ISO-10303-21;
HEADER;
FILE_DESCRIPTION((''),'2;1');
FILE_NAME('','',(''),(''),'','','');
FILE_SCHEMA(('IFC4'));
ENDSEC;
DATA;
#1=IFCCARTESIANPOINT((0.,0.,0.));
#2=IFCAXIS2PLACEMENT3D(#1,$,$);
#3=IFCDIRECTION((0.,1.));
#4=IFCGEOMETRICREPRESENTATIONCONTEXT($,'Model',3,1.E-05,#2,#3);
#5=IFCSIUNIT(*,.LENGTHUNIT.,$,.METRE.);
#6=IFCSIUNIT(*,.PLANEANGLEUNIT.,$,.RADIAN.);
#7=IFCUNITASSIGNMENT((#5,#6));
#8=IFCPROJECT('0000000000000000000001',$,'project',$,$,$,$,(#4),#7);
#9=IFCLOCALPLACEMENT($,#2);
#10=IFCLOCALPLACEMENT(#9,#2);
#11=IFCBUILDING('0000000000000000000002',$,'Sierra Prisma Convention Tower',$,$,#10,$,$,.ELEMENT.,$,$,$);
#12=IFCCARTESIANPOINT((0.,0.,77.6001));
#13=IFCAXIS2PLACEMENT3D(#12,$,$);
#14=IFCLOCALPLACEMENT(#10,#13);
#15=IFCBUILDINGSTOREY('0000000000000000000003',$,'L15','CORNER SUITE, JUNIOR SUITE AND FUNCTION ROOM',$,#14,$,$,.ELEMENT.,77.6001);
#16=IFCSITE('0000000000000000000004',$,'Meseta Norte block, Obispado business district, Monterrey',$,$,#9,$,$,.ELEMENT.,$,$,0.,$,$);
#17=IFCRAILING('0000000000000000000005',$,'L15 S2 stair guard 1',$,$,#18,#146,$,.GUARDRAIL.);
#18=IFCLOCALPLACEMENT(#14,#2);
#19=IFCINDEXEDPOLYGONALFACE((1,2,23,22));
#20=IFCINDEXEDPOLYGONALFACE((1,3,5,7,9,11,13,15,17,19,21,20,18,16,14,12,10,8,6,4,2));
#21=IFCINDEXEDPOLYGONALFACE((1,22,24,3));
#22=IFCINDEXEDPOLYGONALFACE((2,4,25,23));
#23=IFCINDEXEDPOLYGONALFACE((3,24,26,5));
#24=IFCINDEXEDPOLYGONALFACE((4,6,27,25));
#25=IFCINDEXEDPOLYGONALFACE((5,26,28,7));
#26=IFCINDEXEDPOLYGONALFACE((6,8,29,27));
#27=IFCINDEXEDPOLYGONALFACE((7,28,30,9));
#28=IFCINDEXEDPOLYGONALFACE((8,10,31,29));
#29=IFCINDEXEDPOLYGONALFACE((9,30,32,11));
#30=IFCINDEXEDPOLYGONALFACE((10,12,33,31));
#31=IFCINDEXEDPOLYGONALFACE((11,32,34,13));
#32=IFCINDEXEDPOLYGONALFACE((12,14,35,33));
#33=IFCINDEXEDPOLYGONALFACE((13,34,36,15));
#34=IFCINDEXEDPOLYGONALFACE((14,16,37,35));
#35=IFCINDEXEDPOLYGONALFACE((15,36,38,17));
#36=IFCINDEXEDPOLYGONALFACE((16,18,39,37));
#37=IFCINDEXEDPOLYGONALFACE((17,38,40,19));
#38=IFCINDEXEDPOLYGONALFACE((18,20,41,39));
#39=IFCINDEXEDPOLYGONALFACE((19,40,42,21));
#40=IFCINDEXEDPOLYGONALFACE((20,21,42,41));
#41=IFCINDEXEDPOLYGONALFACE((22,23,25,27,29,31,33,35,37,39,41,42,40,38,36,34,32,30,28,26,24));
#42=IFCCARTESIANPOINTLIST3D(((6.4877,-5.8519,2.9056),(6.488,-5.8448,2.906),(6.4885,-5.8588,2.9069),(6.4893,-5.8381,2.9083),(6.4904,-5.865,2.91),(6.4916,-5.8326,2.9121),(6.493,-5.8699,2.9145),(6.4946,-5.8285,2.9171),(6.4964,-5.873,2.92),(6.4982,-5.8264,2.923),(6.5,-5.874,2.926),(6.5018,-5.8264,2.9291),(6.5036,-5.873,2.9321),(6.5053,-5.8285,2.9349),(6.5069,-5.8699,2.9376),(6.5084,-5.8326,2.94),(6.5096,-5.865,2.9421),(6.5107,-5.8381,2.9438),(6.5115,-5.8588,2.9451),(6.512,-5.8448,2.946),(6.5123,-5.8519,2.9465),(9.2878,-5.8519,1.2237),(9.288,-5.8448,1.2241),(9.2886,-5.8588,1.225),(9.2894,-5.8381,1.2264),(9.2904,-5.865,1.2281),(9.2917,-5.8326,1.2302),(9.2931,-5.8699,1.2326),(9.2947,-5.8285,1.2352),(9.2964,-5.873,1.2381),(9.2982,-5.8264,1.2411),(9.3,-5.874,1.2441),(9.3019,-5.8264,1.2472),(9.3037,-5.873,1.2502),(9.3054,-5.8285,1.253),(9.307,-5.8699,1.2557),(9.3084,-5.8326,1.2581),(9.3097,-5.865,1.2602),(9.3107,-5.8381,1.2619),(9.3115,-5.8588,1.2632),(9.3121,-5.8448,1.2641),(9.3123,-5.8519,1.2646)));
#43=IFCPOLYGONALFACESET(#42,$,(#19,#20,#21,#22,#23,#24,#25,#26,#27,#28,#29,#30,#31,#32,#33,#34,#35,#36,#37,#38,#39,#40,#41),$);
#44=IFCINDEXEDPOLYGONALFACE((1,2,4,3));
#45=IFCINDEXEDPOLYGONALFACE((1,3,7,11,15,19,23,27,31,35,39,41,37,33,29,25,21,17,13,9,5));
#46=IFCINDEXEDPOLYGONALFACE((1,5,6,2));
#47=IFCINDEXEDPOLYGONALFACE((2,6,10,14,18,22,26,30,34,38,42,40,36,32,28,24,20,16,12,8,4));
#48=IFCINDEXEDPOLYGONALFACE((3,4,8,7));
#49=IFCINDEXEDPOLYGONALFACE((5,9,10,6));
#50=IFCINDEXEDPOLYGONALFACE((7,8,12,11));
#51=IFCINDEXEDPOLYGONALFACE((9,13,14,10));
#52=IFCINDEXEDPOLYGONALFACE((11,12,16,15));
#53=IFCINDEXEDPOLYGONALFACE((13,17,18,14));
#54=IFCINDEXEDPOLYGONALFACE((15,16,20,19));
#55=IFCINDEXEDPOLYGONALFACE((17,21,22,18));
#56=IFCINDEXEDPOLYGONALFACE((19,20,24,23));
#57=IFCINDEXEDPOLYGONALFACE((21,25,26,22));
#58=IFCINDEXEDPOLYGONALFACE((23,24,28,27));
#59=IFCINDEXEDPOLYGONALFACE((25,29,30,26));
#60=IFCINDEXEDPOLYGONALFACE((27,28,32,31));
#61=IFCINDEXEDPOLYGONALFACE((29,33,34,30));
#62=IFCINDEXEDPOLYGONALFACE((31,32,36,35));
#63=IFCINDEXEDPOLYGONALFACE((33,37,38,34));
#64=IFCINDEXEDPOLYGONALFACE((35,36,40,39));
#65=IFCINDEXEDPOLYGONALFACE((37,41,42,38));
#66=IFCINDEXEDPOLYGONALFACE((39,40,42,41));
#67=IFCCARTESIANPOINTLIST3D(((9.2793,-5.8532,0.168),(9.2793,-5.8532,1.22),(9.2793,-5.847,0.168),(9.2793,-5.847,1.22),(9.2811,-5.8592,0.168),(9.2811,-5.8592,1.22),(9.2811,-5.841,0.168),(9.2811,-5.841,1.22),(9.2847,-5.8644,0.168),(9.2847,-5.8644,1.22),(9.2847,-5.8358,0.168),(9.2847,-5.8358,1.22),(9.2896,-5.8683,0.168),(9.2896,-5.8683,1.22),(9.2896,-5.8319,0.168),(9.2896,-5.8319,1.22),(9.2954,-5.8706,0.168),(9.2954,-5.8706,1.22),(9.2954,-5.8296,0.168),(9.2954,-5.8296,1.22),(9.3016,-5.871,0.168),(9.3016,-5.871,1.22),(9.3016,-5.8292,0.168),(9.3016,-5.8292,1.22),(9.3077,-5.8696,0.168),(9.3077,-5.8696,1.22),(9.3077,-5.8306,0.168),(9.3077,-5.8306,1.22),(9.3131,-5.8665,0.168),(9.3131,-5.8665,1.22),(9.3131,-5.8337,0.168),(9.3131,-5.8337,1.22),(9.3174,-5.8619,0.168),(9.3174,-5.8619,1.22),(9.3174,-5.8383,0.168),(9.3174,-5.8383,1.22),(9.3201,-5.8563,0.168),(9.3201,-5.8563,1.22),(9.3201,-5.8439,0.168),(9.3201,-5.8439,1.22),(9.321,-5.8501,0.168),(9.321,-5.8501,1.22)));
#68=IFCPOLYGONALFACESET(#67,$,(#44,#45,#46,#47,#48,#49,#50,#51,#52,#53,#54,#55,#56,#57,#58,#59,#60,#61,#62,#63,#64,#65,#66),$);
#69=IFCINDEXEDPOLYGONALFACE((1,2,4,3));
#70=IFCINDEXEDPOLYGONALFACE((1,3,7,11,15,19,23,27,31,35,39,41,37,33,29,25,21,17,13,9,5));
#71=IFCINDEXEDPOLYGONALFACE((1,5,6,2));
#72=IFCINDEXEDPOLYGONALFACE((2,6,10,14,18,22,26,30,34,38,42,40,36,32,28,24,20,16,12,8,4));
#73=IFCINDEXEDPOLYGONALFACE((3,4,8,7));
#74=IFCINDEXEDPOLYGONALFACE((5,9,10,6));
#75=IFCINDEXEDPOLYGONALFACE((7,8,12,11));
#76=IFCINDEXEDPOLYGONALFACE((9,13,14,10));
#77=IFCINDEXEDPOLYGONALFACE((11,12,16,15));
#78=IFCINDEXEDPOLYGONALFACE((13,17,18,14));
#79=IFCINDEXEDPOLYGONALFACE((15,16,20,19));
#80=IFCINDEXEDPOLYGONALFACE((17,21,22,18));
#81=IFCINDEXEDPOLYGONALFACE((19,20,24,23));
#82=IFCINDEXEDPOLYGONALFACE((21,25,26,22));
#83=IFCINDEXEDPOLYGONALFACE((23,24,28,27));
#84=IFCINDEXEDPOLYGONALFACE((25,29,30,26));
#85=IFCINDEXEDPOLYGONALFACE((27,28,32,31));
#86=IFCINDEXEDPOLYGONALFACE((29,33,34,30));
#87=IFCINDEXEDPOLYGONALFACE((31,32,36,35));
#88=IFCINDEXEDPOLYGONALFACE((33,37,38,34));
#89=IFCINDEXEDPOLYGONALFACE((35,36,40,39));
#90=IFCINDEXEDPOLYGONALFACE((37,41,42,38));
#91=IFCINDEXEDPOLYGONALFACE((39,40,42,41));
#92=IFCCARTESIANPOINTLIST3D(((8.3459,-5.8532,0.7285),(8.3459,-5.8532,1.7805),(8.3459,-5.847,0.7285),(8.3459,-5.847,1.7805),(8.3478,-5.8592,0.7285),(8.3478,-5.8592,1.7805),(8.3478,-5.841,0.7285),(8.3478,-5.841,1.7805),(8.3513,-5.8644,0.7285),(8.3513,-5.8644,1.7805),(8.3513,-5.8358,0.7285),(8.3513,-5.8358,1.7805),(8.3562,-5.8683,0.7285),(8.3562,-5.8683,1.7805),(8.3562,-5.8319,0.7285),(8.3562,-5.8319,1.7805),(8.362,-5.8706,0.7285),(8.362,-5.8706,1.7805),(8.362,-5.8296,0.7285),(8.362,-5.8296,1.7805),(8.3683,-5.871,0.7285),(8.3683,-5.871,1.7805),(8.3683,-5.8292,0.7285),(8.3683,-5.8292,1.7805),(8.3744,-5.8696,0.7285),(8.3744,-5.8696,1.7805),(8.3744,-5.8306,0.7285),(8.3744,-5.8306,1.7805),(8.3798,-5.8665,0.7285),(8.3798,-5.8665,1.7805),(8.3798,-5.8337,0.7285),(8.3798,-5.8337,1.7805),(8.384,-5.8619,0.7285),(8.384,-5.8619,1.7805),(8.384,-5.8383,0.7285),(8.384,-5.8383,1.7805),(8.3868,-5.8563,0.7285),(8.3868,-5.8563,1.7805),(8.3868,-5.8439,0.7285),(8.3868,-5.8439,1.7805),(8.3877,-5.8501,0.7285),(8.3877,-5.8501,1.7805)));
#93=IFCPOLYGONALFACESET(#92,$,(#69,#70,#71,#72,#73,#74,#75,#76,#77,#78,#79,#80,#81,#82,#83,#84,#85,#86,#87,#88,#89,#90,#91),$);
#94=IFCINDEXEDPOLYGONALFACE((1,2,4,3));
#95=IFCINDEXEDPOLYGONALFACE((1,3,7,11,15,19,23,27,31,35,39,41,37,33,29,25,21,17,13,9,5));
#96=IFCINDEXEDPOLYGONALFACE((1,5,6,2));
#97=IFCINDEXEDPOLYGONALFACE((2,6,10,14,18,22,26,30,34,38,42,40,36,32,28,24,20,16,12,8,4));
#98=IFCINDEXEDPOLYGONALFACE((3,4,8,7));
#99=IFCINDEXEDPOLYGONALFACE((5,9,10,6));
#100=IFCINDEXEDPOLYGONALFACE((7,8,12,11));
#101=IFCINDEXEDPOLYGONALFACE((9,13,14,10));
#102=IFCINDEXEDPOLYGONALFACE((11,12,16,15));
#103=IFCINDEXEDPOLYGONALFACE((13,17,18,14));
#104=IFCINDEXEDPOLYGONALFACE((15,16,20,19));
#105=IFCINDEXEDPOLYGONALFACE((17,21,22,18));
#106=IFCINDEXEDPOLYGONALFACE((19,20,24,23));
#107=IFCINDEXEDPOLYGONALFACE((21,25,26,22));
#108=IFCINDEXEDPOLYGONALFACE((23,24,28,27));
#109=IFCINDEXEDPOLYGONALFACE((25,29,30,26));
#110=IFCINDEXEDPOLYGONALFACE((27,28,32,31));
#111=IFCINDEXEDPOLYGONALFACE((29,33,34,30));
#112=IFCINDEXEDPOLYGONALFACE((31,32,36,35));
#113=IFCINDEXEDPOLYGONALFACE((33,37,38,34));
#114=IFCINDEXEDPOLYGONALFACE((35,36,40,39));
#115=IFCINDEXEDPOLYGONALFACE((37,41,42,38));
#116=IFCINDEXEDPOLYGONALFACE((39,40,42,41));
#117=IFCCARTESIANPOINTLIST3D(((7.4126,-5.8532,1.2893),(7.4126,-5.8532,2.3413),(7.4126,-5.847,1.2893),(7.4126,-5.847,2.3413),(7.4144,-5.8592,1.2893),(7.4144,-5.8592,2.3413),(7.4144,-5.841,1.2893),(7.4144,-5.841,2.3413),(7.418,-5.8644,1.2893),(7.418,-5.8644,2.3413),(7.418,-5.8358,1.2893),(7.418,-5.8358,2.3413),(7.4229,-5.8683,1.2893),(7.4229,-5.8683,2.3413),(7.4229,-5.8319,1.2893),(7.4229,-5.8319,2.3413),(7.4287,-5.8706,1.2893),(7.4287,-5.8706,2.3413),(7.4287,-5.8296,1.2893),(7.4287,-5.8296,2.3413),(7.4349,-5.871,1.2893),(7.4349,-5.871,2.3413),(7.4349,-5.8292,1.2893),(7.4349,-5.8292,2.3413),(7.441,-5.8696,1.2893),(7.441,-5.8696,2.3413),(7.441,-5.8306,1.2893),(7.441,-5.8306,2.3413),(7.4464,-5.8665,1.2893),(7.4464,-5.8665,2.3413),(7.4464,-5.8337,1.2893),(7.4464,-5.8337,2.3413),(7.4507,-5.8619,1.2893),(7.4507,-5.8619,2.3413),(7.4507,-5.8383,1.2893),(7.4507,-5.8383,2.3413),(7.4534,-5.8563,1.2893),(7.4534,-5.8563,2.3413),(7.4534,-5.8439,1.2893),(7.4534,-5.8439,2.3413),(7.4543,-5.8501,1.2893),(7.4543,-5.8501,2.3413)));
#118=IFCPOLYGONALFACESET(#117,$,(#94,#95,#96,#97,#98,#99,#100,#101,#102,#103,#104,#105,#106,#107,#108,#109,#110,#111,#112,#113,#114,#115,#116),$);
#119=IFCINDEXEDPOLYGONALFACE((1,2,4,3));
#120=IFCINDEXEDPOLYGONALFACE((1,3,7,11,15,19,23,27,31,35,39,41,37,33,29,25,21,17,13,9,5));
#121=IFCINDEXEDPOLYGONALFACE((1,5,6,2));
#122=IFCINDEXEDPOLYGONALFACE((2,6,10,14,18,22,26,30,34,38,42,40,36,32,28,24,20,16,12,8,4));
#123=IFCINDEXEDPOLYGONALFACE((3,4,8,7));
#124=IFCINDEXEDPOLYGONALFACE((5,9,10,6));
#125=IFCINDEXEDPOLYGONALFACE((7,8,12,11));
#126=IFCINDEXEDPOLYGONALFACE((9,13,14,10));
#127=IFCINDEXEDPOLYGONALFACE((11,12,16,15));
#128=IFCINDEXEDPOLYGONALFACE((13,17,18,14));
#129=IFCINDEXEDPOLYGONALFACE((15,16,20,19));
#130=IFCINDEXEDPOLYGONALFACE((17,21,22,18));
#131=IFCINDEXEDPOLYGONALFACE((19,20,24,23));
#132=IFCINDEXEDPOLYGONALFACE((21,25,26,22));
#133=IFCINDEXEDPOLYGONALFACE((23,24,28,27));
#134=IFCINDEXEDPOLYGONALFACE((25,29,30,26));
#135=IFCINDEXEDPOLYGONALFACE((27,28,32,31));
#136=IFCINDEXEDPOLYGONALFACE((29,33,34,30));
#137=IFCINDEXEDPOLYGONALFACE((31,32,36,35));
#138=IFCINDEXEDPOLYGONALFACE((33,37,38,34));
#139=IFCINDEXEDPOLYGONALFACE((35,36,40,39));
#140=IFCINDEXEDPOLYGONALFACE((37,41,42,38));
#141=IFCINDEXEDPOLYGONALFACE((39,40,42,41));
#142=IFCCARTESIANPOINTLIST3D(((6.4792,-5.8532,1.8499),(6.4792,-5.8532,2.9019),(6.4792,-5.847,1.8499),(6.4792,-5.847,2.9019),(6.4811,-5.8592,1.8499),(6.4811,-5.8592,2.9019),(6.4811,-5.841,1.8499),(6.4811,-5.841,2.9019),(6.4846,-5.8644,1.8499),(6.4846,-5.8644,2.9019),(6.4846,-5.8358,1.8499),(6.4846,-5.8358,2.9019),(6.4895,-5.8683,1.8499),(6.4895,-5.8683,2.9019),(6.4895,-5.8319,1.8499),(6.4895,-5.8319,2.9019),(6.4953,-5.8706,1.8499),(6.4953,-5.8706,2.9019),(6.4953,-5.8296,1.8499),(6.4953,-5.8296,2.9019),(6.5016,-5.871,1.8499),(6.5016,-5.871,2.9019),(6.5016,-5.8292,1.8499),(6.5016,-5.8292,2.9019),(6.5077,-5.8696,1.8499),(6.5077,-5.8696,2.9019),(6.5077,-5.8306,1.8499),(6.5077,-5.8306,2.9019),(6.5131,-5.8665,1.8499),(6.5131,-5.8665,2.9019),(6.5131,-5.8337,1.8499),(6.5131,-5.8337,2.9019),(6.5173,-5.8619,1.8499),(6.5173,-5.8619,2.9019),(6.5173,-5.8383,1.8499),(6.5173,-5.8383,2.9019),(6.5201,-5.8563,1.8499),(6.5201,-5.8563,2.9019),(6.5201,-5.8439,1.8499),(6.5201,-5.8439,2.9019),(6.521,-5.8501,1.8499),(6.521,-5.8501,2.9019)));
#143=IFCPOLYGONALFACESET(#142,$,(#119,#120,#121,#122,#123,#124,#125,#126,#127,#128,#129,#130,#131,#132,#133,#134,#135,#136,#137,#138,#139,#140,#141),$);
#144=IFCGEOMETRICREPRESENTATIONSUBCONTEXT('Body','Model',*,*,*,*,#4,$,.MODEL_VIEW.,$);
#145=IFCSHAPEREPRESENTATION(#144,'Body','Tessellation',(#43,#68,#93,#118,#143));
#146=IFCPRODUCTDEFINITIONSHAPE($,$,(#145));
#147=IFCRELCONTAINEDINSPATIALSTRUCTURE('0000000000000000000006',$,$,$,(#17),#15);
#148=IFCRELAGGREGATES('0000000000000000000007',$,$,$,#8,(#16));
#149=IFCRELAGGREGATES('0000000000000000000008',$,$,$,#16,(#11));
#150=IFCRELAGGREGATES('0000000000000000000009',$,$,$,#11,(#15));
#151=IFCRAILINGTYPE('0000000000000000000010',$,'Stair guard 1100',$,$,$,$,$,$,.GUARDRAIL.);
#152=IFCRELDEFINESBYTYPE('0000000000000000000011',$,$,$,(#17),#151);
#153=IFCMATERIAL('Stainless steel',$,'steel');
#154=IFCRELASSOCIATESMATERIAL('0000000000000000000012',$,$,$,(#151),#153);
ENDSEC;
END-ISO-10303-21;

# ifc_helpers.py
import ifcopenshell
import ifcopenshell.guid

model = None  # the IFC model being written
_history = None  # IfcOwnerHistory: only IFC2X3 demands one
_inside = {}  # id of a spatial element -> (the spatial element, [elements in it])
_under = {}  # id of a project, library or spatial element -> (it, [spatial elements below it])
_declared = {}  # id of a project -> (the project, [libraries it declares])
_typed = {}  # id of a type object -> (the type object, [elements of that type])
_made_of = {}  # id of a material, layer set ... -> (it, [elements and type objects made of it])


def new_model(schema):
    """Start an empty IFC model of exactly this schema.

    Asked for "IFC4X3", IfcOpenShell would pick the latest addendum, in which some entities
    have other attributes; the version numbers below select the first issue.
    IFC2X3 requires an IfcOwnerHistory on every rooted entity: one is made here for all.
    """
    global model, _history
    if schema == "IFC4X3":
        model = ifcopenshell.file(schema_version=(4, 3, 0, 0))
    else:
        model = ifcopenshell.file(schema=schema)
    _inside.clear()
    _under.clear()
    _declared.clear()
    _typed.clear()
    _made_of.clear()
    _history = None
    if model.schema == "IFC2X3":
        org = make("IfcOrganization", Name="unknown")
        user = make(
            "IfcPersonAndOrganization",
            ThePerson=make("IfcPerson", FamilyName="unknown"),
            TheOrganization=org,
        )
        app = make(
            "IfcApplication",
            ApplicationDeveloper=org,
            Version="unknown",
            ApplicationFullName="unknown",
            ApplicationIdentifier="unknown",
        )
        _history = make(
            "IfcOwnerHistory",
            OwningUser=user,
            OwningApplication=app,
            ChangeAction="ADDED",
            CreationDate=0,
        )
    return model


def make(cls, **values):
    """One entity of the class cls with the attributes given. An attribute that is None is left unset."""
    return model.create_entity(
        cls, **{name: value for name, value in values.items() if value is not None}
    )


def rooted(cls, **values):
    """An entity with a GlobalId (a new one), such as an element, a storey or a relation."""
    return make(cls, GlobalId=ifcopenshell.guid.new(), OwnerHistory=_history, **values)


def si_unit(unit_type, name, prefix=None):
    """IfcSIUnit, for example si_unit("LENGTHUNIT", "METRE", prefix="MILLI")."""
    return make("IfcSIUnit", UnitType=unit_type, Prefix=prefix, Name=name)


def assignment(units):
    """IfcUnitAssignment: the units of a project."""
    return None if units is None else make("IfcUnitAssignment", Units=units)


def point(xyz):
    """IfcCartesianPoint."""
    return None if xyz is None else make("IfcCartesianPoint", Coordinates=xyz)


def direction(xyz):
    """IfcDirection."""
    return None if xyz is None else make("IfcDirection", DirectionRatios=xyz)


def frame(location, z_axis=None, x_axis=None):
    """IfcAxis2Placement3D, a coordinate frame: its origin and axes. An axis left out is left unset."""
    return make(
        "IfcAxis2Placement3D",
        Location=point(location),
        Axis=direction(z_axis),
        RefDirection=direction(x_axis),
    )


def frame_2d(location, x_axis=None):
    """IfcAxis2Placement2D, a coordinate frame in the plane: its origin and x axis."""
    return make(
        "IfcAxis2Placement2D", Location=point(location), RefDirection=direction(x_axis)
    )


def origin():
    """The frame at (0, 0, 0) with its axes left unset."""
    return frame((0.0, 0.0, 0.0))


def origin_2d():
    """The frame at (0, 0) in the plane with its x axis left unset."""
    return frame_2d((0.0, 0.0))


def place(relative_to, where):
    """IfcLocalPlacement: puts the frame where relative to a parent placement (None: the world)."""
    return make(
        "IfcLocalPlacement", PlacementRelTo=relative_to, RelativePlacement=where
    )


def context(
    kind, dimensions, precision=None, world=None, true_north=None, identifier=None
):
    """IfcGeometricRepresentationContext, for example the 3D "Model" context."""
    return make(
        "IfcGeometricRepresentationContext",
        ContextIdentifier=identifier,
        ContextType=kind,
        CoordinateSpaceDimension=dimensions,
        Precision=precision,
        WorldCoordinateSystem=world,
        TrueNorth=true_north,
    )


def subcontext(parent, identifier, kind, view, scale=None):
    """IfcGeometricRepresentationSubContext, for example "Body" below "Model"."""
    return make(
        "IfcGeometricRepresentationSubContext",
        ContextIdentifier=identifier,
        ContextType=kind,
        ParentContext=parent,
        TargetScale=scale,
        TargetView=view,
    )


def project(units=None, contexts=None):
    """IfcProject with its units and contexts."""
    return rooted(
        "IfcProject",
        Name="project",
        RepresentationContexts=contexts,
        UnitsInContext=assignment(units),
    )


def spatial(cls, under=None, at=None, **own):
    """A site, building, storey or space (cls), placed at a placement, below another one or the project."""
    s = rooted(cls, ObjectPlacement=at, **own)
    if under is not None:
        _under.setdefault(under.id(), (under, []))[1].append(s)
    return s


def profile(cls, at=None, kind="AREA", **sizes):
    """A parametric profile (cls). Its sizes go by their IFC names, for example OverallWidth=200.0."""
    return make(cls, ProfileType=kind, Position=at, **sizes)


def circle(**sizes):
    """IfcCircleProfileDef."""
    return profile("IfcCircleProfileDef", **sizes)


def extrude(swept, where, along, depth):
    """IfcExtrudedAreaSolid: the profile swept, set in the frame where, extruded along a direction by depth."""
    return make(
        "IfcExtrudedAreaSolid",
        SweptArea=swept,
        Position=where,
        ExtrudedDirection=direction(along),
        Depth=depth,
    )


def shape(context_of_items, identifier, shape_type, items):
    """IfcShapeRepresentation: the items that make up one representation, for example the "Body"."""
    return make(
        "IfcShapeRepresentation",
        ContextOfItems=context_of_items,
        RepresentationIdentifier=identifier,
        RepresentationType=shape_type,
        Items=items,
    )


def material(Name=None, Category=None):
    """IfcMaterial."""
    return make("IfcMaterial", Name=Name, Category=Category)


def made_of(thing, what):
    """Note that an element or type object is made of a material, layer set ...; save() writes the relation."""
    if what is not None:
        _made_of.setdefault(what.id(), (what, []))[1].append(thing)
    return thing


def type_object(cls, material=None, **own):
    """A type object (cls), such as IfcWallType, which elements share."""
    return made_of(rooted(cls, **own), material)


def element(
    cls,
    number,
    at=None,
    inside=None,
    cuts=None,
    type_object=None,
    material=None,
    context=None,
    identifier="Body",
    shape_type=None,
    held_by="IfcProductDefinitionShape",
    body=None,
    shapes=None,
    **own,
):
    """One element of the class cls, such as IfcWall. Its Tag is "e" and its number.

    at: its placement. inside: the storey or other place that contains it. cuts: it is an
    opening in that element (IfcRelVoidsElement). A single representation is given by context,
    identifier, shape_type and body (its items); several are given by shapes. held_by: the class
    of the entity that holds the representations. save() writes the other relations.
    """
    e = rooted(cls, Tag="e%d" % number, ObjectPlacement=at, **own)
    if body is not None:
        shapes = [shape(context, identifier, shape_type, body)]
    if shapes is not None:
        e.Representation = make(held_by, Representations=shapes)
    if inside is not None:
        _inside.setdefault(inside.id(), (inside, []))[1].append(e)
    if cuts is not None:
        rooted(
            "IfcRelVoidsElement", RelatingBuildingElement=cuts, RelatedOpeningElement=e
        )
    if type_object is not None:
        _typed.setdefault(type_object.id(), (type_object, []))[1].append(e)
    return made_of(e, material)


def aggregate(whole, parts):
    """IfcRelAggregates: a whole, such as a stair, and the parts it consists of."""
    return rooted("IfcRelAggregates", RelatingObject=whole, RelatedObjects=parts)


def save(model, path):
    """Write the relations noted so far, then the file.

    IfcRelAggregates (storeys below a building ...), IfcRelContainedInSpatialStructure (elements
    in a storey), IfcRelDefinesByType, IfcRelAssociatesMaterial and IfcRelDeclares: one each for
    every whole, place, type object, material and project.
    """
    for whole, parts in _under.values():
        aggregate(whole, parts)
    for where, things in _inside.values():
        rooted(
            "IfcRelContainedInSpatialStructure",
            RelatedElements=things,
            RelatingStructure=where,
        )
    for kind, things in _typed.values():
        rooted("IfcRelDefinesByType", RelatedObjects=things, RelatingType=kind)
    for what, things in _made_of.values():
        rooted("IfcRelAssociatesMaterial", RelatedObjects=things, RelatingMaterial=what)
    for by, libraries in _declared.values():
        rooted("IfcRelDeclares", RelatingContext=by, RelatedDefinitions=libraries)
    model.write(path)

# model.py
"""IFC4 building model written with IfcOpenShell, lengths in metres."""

from ifc_helpers import new_model, si_unit, direction, frame, origin, origin_2d, place, context, subcontext, project, spatial, circle, extrude, material, type_object, element, save


model = new_model("IFC4")

# Units and contexts
model_context = context("Model", 3, precision=1e-05, world=origin(), true_north=direction((0.0, 1.0)))
body_context = subcontext(model_context, "Body", "Model", "MODEL_VIEW")
ifc_project = project(units=[si_unit("LENGTHUNIT", "METRE"), si_unit("PLANEANGLEUNIT", "RADIAN")], contexts=[model_context])

# Site, building, storey
site_placement = place(None, origin())
site = spatial("IfcSite", under=ifc_project, at=site_placement, Name="Meseta Norte block, Obispado business district, Monterrey", CompositionType="ELEMENT", RefElevation=0.0)
building_placement = place(site_placement, origin())
building = spatial("IfcBuilding", under=site, at=building_placement, Name="Sierra Prisma Convention Tower", CompositionType="ELEMENT")
storey_placement = place(building_placement, frame((0.0, 0.0, 77.6001)))
storey = spatial("IfcBuildingStorey", under=building, at=storey_placement, Name="L15", Description="CORNER SUITE, JUNIOR SUITE AND FUNCTION ROOM", CompositionType="ELEMENT", Elevation=77.6001)

# Railing
ifc_material_1 = material(Name="Stainless steel", Category="steel")
railing_type_1 = type_object("IfcRailingType", Name="Stair guard 1100", PredefinedType="GUARDRAIL", material=ifc_material_1)
railing_1_placement = place(storey_placement, frame((9.3, -5.8501, 0.168)))
element("IfcRailing", 1, at=railing_1_placement, inside=storey, type_object=railing_type_1, Name="L15 S2 stair guard 1", PredefinedType="GUARDRAIL", context=body_context, shape_type="SweptSolid", body=[
    extrude(circle(Radius=0.0239, at=origin_2d()), frame((0.0, 0.0, 1.0762), z_axis=(-0.857242, 0.0, 0.514913), x_axis=(0.0, -1.0, 0.0)), (0.0, 0.0, 1.0), 3.2664),
    extrude(circle(Radius=0.021, at=origin_2d()), origin(), (0.0, 0.0, 1.0), 1.052),
    extrude(circle(Radius=0.021, at=origin_2d()), frame((-0.9333, 0.0, 0.5605)), (0.0, 0.0, 1.0), 1.052),
    extrude(circle(Radius=0.021, at=origin_2d()), frame((-1.8667, 0.0, 1.1213)), (0.0, 0.0, 1.0), 1.052),
    extrude(circle(Radius=0.021, at=origin_2d()), frame((-2.8, 0.0, 1.6819)), (0.0, 0.0, 1.0), 1.052),
])

save(model, "model.ifc")
